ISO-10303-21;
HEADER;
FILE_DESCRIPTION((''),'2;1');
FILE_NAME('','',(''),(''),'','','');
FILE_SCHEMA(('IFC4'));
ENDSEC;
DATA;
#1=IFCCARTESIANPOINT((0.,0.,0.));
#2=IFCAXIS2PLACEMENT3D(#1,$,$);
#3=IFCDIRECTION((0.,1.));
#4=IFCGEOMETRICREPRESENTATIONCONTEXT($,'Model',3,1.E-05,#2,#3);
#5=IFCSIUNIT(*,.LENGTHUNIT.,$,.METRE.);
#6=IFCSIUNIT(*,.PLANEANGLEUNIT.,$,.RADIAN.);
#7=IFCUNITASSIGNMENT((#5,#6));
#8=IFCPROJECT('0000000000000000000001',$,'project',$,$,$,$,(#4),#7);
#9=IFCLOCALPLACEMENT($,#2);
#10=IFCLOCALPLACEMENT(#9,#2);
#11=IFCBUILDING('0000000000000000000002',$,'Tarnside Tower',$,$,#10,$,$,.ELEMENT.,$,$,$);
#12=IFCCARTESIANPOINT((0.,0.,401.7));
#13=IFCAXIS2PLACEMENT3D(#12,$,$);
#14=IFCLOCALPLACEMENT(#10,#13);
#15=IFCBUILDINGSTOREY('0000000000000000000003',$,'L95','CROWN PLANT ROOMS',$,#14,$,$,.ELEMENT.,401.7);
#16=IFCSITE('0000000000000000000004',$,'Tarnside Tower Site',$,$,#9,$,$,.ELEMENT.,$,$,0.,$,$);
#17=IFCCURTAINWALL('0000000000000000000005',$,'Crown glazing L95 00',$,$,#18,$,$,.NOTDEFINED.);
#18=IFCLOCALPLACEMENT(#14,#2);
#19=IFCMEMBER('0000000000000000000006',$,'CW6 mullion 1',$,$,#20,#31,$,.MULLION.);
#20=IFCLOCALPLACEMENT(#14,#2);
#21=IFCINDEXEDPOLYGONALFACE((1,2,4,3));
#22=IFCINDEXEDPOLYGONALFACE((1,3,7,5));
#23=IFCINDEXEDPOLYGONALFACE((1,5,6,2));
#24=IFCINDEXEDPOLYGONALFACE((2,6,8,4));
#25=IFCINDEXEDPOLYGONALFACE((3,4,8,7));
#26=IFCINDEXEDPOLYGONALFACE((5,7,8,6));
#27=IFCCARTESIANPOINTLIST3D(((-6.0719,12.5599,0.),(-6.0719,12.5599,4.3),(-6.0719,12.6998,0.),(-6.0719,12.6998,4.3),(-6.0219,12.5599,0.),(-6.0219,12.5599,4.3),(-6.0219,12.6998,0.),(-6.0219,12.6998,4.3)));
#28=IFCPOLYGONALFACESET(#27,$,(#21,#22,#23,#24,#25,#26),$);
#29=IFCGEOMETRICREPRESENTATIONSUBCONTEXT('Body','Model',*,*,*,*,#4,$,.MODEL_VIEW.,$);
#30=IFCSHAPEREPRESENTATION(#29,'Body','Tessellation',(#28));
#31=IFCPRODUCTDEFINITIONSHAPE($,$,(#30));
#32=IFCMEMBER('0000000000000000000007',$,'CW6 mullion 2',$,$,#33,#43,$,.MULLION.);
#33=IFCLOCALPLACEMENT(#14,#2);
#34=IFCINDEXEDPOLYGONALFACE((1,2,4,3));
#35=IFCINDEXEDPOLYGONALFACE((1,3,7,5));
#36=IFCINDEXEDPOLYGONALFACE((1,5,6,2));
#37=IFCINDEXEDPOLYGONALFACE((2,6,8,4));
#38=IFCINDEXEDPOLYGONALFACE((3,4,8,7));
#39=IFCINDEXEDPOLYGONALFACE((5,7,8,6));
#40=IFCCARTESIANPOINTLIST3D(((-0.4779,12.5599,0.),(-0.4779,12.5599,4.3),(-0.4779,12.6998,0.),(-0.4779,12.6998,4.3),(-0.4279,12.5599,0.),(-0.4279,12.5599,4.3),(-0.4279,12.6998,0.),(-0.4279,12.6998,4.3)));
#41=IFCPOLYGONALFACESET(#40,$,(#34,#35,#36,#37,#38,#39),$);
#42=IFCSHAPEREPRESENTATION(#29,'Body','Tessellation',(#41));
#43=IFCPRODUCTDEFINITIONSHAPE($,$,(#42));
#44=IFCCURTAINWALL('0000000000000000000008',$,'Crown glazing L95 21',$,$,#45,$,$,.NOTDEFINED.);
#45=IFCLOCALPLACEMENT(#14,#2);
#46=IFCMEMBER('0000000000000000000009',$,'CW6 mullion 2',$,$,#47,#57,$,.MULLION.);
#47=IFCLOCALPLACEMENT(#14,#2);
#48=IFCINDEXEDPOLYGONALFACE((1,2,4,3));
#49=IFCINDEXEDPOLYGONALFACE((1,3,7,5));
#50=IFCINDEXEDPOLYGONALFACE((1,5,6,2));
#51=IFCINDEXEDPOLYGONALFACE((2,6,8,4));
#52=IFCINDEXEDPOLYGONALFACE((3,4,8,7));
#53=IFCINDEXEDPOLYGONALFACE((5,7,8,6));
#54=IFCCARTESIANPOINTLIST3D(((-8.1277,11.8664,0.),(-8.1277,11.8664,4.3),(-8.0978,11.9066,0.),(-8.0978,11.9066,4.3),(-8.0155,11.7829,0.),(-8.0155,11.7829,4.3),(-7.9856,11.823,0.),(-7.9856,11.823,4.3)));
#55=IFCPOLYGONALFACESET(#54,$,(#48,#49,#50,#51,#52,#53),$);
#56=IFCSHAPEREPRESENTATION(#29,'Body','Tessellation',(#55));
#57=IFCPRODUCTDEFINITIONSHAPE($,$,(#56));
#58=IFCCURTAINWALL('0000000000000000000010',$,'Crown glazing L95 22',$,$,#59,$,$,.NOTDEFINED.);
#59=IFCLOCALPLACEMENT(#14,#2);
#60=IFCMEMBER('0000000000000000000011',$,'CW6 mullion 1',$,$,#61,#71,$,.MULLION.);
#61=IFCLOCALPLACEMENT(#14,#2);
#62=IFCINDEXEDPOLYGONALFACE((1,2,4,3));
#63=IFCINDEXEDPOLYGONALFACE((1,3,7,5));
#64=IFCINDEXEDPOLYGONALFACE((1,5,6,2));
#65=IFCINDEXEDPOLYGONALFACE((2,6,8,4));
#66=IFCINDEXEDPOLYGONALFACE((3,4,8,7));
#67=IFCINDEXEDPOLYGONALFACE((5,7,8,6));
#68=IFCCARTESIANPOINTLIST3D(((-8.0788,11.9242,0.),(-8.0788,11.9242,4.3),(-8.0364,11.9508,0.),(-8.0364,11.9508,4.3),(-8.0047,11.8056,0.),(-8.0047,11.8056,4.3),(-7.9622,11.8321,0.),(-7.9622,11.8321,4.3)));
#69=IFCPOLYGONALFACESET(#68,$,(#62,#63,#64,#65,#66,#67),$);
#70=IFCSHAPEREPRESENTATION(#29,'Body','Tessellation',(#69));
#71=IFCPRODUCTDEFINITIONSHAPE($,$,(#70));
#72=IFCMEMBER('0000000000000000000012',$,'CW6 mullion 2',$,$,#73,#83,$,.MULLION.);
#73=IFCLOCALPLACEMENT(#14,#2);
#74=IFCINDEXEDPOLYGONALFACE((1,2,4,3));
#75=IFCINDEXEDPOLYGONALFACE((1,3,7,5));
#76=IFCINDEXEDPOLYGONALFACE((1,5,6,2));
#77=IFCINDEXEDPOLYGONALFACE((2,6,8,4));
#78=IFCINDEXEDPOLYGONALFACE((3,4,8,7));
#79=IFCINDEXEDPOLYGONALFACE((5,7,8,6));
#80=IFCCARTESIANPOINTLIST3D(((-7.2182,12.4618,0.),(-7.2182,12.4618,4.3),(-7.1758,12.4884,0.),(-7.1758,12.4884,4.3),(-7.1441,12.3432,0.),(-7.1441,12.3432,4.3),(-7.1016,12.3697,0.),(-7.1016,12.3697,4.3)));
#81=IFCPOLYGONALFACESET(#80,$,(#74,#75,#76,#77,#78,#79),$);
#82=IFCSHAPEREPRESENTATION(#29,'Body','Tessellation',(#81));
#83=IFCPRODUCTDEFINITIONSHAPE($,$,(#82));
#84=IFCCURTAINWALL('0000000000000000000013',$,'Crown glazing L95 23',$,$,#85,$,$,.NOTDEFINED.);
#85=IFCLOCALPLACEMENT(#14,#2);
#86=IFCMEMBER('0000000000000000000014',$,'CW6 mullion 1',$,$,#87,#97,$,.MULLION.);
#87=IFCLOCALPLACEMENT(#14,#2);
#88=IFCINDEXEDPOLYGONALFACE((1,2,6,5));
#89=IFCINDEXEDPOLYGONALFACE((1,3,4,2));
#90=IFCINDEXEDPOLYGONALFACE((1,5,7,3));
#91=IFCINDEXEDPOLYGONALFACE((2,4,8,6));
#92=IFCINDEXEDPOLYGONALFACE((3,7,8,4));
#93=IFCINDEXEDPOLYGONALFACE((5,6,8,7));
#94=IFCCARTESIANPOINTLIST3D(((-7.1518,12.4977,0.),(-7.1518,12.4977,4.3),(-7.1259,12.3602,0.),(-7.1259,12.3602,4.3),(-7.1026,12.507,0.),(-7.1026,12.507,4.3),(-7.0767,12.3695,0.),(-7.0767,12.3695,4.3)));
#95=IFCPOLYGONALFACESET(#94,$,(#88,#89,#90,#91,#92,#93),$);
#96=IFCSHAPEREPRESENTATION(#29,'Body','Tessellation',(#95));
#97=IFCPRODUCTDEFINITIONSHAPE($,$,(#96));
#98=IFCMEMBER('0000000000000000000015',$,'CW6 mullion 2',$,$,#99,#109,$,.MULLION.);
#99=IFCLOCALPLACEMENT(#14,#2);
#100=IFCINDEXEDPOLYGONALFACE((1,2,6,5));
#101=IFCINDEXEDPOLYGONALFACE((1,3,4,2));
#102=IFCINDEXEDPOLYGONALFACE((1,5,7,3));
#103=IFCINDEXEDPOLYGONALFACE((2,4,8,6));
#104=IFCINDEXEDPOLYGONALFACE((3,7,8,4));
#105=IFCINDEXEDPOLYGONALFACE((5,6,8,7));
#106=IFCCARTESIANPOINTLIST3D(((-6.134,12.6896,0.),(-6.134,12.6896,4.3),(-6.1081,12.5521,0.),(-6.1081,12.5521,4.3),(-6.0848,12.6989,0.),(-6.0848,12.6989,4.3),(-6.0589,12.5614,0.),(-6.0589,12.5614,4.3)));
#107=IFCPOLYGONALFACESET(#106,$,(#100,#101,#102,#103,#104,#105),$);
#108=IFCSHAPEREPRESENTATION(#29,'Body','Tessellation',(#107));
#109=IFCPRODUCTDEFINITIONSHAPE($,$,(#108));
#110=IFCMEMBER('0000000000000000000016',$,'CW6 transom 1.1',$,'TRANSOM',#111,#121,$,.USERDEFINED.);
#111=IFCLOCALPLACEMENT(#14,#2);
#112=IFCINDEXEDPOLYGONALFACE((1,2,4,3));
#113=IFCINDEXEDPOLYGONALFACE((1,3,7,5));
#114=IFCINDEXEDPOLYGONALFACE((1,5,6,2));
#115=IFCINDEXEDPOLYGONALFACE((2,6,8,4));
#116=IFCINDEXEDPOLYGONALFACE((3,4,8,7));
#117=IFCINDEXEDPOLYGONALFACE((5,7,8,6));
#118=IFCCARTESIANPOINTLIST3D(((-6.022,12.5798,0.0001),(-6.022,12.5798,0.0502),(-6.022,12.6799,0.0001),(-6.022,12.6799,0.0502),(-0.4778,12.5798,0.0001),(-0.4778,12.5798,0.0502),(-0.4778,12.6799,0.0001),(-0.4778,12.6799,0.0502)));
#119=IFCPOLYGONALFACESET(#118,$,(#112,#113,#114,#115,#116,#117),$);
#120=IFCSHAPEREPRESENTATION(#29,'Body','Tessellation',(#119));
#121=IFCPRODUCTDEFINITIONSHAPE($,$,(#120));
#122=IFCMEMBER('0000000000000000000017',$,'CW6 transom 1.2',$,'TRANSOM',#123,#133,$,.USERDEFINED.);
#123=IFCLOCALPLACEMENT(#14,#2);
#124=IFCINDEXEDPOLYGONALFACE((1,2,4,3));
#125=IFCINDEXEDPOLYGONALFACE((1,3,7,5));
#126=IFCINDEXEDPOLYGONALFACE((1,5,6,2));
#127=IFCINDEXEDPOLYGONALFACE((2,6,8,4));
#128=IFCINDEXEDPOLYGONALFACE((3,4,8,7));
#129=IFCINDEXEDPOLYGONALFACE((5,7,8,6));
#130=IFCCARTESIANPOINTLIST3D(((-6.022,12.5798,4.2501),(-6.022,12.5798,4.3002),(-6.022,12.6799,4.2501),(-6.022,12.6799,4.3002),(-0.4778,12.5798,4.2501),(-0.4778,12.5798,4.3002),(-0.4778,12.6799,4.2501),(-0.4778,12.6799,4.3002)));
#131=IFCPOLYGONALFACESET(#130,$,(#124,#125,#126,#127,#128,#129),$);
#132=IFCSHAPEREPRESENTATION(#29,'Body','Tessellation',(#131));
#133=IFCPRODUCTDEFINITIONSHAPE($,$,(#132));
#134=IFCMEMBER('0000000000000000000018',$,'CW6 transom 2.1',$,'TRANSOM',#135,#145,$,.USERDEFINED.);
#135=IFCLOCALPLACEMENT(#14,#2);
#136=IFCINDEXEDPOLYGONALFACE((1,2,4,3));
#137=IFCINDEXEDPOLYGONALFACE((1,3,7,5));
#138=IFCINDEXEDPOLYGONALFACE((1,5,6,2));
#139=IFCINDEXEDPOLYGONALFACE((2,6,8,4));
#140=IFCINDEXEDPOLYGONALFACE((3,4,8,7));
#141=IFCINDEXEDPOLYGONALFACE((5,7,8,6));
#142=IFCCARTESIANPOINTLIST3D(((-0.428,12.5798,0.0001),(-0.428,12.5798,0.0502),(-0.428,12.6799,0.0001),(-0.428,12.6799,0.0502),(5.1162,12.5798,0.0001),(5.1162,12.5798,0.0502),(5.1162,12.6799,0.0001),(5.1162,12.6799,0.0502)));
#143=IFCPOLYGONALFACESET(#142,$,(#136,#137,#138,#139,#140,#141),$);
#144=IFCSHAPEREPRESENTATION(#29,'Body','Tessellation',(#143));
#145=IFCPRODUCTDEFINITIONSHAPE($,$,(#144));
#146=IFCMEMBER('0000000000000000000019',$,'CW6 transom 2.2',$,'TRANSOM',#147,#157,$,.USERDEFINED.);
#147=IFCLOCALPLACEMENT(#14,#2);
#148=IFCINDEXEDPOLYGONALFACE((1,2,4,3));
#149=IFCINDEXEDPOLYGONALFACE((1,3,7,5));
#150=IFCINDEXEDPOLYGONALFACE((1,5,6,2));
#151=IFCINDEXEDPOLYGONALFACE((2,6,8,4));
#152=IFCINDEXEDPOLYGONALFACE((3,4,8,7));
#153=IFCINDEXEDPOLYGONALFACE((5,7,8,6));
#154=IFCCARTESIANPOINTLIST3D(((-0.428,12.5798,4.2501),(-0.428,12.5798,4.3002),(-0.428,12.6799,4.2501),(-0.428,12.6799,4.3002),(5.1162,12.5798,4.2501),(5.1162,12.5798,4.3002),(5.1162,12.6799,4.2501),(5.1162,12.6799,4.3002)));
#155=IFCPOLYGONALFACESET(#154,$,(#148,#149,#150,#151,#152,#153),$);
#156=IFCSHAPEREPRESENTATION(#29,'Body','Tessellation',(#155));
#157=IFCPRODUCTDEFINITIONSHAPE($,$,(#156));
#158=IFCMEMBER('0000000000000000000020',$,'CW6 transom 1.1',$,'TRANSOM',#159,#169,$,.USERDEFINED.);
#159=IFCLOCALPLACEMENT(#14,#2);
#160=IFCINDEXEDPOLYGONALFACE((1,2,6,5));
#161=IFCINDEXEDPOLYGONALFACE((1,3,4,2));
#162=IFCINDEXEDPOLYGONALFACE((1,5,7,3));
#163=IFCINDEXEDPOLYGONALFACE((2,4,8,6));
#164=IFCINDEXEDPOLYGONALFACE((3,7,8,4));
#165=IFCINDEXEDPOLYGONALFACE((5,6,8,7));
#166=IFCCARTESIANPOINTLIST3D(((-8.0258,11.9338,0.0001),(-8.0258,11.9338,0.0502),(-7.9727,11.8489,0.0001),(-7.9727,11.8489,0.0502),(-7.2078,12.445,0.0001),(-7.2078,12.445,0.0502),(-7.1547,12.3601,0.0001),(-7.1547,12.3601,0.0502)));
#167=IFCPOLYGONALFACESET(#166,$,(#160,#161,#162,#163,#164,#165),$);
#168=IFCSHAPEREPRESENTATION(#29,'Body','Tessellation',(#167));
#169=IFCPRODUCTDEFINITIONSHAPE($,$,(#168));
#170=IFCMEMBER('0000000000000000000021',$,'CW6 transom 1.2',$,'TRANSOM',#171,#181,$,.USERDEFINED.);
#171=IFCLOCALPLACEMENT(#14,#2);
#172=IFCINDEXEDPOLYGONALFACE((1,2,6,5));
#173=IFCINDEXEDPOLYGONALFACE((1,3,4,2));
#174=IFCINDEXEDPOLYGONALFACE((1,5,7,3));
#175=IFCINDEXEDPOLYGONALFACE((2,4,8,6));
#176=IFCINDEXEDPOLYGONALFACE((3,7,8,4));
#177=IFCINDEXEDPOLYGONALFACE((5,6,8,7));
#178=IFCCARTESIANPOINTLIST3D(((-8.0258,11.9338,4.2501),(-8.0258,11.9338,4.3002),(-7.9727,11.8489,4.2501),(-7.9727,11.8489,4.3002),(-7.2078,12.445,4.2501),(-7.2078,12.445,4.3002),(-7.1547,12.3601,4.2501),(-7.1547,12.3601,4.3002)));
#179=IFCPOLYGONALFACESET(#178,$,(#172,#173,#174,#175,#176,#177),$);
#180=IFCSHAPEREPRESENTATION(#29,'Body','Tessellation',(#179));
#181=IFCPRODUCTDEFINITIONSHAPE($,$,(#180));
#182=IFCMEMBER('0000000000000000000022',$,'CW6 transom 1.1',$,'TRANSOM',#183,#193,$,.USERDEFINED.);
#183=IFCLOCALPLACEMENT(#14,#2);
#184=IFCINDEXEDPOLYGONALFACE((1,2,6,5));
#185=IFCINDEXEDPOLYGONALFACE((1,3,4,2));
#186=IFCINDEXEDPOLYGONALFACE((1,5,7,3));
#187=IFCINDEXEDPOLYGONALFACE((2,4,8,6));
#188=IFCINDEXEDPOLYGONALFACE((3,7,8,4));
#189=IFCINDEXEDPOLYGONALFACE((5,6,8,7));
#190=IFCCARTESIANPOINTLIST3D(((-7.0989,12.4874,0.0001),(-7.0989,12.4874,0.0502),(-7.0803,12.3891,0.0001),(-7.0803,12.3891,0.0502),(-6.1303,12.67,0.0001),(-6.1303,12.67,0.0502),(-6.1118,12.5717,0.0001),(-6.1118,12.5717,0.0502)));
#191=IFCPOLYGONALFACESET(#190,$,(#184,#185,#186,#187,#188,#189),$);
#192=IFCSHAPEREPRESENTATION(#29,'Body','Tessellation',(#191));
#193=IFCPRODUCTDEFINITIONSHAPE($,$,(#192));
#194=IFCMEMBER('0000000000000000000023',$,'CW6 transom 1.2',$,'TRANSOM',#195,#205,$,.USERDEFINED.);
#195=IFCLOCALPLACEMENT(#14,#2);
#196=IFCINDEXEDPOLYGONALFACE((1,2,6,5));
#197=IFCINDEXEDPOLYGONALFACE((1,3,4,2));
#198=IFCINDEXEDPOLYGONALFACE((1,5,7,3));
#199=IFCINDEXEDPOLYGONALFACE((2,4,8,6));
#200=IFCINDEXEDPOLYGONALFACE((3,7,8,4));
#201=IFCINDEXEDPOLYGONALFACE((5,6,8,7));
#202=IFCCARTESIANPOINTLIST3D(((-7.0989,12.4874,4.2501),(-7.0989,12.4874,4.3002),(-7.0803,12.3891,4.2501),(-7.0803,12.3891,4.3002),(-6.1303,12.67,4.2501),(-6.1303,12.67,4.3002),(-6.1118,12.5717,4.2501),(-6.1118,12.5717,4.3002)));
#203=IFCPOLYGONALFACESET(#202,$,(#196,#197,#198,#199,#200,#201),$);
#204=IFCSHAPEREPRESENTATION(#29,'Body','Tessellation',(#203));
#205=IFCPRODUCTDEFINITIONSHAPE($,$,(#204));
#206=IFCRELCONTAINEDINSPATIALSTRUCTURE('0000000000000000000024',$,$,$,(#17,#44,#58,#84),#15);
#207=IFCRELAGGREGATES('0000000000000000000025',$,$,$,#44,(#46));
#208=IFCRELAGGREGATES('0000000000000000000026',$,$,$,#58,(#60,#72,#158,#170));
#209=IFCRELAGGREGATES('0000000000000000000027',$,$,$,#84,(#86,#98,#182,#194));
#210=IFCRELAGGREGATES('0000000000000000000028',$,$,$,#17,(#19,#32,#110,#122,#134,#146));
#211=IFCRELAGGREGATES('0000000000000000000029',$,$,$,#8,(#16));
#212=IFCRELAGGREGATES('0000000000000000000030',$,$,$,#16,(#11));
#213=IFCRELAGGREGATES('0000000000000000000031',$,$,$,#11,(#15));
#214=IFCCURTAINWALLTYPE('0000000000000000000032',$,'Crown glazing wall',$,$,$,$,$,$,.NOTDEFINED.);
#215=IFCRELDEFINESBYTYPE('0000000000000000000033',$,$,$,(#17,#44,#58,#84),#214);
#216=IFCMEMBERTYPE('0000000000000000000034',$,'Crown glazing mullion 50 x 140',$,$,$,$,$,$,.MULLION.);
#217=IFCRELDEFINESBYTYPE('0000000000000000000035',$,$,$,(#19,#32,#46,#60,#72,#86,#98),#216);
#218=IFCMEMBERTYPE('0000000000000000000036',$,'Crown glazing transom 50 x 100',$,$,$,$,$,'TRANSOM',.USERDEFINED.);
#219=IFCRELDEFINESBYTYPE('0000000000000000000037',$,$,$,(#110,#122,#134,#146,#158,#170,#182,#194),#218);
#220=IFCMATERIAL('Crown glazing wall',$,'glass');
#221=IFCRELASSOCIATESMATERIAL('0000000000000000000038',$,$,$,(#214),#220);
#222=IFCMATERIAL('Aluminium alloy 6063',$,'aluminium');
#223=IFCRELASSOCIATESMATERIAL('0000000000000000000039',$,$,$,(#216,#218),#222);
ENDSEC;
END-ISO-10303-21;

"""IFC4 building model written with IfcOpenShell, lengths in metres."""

from ifc_helpers import new_model, si_unit, direction, frame, origin, origin_2d, place, context, subcontext, project, spatial, rectangle, extrude, material, material_profile, profile_set, type_object, element, aggregate, save


model = new_model("IFC4")

# Units and contexts
model_context = context("Model", 3, precision=1e-05, world=origin(), true_north=direction((0.0, 1.0)))
body_context = subcontext(model_context, "Body", "Model", "MODEL_VIEW")
ifc_project = project(units=[si_unit("LENGTHUNIT", "METRE"), si_unit("PLANEANGLEUNIT", "RADIAN")], contexts=[model_context])

# Site, building, storey
site_placement = place(None, origin())
site = spatial("IfcSite", under=ifc_project, at=site_placement, Name="Tarnside Tower Site", CompositionType="ELEMENT", RefElevation=0.0)
building_placement = place(site_placement, origin())
building = spatial("IfcBuilding", under=site, at=building_placement, Name="Tarnside Tower", CompositionType="ELEMENT")
storey_placement = place(building_placement, frame((0.0, 0.0, 401.7)))
storey = spatial("IfcBuildingStorey", under=building, at=storey_placement, Name="L95", Description="CROWN PLANT ROOMS", CompositionType="ELEMENT", Elevation=401.7)

# Curtain wall, members
ifc_material_1 = material(Name="Crown glazing wall", Category="glass")
curtain_wall_type = type_object("IfcCurtainWallType", Name="Crown glazing wall", PredefinedType="NOTDEFINED", material=ifc_material_1)
curtain_wall_1_placement = place(storey_placement, origin())
curtain_wall_1 = element("IfcCurtainWall", 1, at=curtain_wall_1_placement, inside=storey, type_object=curtain_wall_type, Name="Crown glazing L95 00", PredefinedType="NOTDEFINED")
ifc_material_2 = material(Name="Aluminium alloy 6063", Category="aluminium")
ifc_material_profile_1 = material_profile(ifc_material_2, rectangle(XDim=0.1399, YDim=0.05, at=origin_2d()), Name="Crown glazing mullion 50 x 140")
ifc_profile_set_1 = profile_set([ifc_material_profile_1], Name="Aluminium alloy 6063")
member_type_1 = type_object("IfcMemberType", Name="Crown glazing mullion 50 x 140", PredefinedType="MULLION", material=ifc_profile_set_1)
member_1_placement = place(storey_placement, frame((-6.0469, 12.6299, 0.0), z_axis=(0.0, 0.0, 1.0), x_axis=(0.0, 1.0, 0.0)))
member_1 = element("IfcMember", 2, at=member_1_placement, type_object=member_type_1, Name="CW6 mullion 1", PredefinedType="MULLION", context=body_context, shape_type="SweptSolid", body=[
    extrude(rectangle(XDim=0.1399, YDim=0.05, at=origin_2d()), origin(), (0.0, 0.0, 1.0), 4.3),
])
member_2_placement = place(storey_placement, frame((-0.4529, 12.6299, 0.0), z_axis=(0.0, 0.0, 1.0), x_axis=(0.0, 1.0, 0.0)))
member_2 = element("IfcMember", 3, at=member_2_placement, type_object=member_type_1, Name="CW6 mullion 2", PredefinedType="MULLION", context=body_context, shape_type="SweptSolid", body=[
    extrude(rectangle(XDim=0.1399, YDim=0.05, at=origin_2d()), origin(), (0.0, 0.0, 1.0), 4.3),
])

# Curtain wall, member
curtain_wall_2_placement = place(storey_placement, origin())
curtain_wall_2 = element("IfcCurtainWall", 4, at=curtain_wall_2_placement, inside=storey, type_object=curtain_wall_type, Name="Crown glazing L95 21", PredefinedType="NOTDEFINED")
member_3_placement = place(storey_placement, frame((-8.0566, 11.8447, 0.0), z_axis=(0.0, 0.0, 1.0), x_axis=(-0.802123, 0.597159, 0.0)))
member_3 = element("IfcMember", 5, at=member_3_placement, type_object=member_type_1, Name="CW6 mullion 2", PredefinedType="MULLION", context=body_context, shape_type="SweptSolid", body=[
    extrude(rectangle(XDim=0.1399, YDim=0.05, at=origin_2d()), origin(), (0.0, 0.0, 1.0), 4.3),
])

# Curtain walls, members
curtain_wall_3_placement = place(storey_placement, origin())
curtain_wall_3 = element("IfcCurtainWall", 6, at=curtain_wall_3_placement, inside=storey, type_object=curtain_wall_type, Name="Crown glazing L95 22", PredefinedType="NOTDEFINED")
member_4_placement = place(storey_placement, frame((-8.0205, 11.8782, 0.0), z_axis=(0.0, 0.0, 1.0), x_axis=(-0.529919, 0.848048, 0.0)))
member_4 = element("IfcMember", 7, at=member_4_placement, type_object=member_type_1, Name="CW6 mullion 1", PredefinedType="MULLION", context=body_context, shape_type="SweptSolid", body=[
    extrude(rectangle(XDim=0.1399, YDim=0.05, at=origin_2d()), origin(), (0.0, 0.0, 1.0), 4.3),
])
member_5_placement = place(storey_placement, frame((-7.1599, 12.4158, 0.0), z_axis=(0.0, 0.0, 1.0), x_axis=(-0.529919, 0.848048, 0.0)))
member_5 = element("IfcMember", 8, at=member_5_placement, type_object=member_type_1, Name="CW6 mullion 2", PredefinedType="MULLION", context=body_context, shape_type="SweptSolid", body=[
    extrude(rectangle(XDim=0.1399, YDim=0.05, at=origin_2d()), origin(), (0.0, 0.0, 1.0), 4.3),
])
curtain_wall_4_placement = place(storey_placement, origin())
curtain_wall_4 = element("IfcCurtainWall", 9, at=curtain_wall_4_placement, inside=storey, type_object=curtain_wall_type, Name="Crown glazing L95 23", PredefinedType="NOTDEFINED")
member_6_placement = place(storey_placement, frame((-7.1143, 12.4336, 0.0), z_axis=(0.0, 0.0, 1.0), x_axis=(-0.185095, 0.982721, 0.0)))
member_6 = element("IfcMember", 10, at=member_6_placement, type_object=member_type_1, Name="CW6 mullion 1", PredefinedType="MULLION", context=body_context, shape_type="SweptSolid", body=[
    extrude(rectangle(XDim=0.1399, YDim=0.05, at=origin_2d()), origin(), (0.0, 0.0, 1.0), 4.3),
])
member_7_placement = place(storey_placement, frame((-6.0964, 12.6255, 0.0), z_axis=(0.0, 0.0, 1.0), x_axis=(-0.185095, 0.982721, 0.0)))
member_7 = element("IfcMember", 11, at=member_7_placement, type_object=member_type_1, Name="CW6 mullion 2", PredefinedType="MULLION", context=body_context, shape_type="SweptSolid", body=[
    extrude(rectangle(XDim=0.1399, YDim=0.05, at=origin_2d()), origin(), (0.0, 0.0, 1.0), 4.3),
])

# Members
ifc_material_profile_2 = material_profile(ifc_material_2, rectangle(XDim=0.1001, YDim=0.05, at=origin_2d()), Name="Crown glazing transom 50 x 100")
ifc_profile_set_2 = profile_set([ifc_material_profile_2], Name="Aluminium alloy 6063")
member_type_2 = type_object("IfcMemberType", Name="Crown glazing transom 50 x 100", ElementType="TRANSOM", PredefinedType="USERDEFINED", material=ifc_profile_set_2)
member_8_placement = place(storey_placement, frame((-6.022, 12.6299, 0.0251), z_axis=(1.0, 0.0, 0.0), x_axis=(0.0, 1.0, 0.0)))
member_8 = element("IfcMember", 12, at=member_8_placement, type_object=member_type_2, Name="CW6 transom 1.1", ObjectType="TRANSOM", PredefinedType="USERDEFINED", context=body_context, shape_type="SweptSolid", body=[
    extrude(rectangle(XDim=0.1001, YDim=0.05, at=origin_2d()), origin(), (0.0, 0.0, 1.0), 5.5442),
])
member_9_placement = place(storey_placement, frame((-6.022, 12.6299, 4.2751), z_axis=(1.0, 0.0, 0.0), x_axis=(0.0, 1.0, 0.0)))
member_9 = element("IfcMember", 13, at=member_9_placement, type_object=member_type_2, Name="CW6 transom 1.2", ObjectType="TRANSOM", PredefinedType="USERDEFINED", context=body_context, shape_type="SweptSolid", body=[
    extrude(rectangle(XDim=0.1001, YDim=0.05, at=origin_2d()), origin(), (0.0, 0.0, 1.0), 5.5442),
])
member_10_placement = place(storey_placement, frame((-0.428, 12.6299, 0.0251), z_axis=(1.0, 0.0, 0.0), x_axis=(0.0, 1.0, 0.0)))
member_10 = element("IfcMember", 14, at=member_10_placement, type_object=member_type_2, Name="CW6 transom 2.1", ObjectType="TRANSOM", PredefinedType="USERDEFINED", context=body_context, shape_type="SweptSolid", body=[
    extrude(rectangle(XDim=0.1001, YDim=0.05, at=origin_2d()), origin(), (0.0, 0.0, 1.0), 5.5442),
])
member_11_placement = place(storey_placement, frame((-0.428, 12.6299, 4.2751), z_axis=(1.0, 0.0, 0.0), x_axis=(0.0, 1.0, 0.0)))
member_11 = element("IfcMember", 15, at=member_11_placement, type_object=member_type_2, Name="CW6 transom 2.2", ObjectType="TRANSOM", PredefinedType="USERDEFINED", context=body_context, shape_type="SweptSolid", body=[
    extrude(rectangle(XDim=0.1001, YDim=0.05, at=origin_2d()), origin(), (0.0, 0.0, 1.0), 5.5442),
])
member_12_placement = place(storey_placement, frame((-7.9993, 11.8914, 0.0251), z_axis=(0.848041, 0.529931, 0.0), x_axis=(-0.529931, 0.848041, 0.0)))
member_12 = element("IfcMember", 16, at=member_12_placement, type_object=member_type_2, Name="CW6 transom 1.1", ObjectType="TRANSOM", PredefinedType="USERDEFINED", context=body_context, shape_type="SweptSolid", body=[
    extrude(rectangle(XDim=0.1001, YDim=0.05, at=origin_2d()), origin(), (0.0, 0.0, 1.0), 0.9646),
])
member_13_placement = place(storey_placement, frame((-7.9993, 11.8914, 4.2751), z_axis=(0.848041, 0.529931, 0.0), x_axis=(-0.529931, 0.848041, 0.0)))
member_13 = element("IfcMember", 17, at=member_13_placement, type_object=member_type_2, Name="CW6 transom 1.2", ObjectType="TRANSOM", PredefinedType="USERDEFINED", context=body_context, shape_type="SweptSolid", body=[
    extrude(rectangle(XDim=0.1001, YDim=0.05, at=origin_2d()), origin(), (0.0, 0.0, 1.0), 0.9646),
])
member_14_placement = place(storey_placement, frame((-7.0896, 12.4382, 0.0251), z_axis=(0.982684, 0.185291, 0.0), x_axis=(-0.185291, 0.982684, 0.0)))
member_14 = element("IfcMember", 18, at=member_14_placement, type_object=member_type_2, Name="CW6 transom 1.1", ObjectType="TRANSOM", PredefinedType="USERDEFINED", context=body_context, shape_type="SweptSolid", body=[
    extrude(rectangle(XDim=0.1001, YDim=0.05, at=origin_2d()), origin(), (0.0, 0.0, 1.0), 0.9856),
])
member_15_placement = place(storey_placement, frame((-7.0896, 12.4382, 4.2751), z_axis=(0.982684, 0.185291, 0.0), x_axis=(-0.185291, 0.982684, 0.0)))
member_15 = element("IfcMember", 19, at=member_15_placement, type_object=member_type_2, Name="CW6 transom 1.2", ObjectType="TRANSOM", PredefinedType="USERDEFINED", context=body_context, shape_type="SweptSolid", body=[
    extrude(rectangle(XDim=0.1001, YDim=0.05, at=origin_2d()), origin(), (0.0, 0.0, 1.0), 0.9856),
])

aggregate(curtain_wall_2, [member_3])
aggregate(curtain_wall_3, [member_4, member_5, member_12, member_13])
aggregate(curtain_wall_4, [member_6, member_7, member_14, member_15])
aggregate(curtain_wall_1, [member_1, member_2, member_8, member_9, member_10, member_11])

save(model, "model.ifc")
